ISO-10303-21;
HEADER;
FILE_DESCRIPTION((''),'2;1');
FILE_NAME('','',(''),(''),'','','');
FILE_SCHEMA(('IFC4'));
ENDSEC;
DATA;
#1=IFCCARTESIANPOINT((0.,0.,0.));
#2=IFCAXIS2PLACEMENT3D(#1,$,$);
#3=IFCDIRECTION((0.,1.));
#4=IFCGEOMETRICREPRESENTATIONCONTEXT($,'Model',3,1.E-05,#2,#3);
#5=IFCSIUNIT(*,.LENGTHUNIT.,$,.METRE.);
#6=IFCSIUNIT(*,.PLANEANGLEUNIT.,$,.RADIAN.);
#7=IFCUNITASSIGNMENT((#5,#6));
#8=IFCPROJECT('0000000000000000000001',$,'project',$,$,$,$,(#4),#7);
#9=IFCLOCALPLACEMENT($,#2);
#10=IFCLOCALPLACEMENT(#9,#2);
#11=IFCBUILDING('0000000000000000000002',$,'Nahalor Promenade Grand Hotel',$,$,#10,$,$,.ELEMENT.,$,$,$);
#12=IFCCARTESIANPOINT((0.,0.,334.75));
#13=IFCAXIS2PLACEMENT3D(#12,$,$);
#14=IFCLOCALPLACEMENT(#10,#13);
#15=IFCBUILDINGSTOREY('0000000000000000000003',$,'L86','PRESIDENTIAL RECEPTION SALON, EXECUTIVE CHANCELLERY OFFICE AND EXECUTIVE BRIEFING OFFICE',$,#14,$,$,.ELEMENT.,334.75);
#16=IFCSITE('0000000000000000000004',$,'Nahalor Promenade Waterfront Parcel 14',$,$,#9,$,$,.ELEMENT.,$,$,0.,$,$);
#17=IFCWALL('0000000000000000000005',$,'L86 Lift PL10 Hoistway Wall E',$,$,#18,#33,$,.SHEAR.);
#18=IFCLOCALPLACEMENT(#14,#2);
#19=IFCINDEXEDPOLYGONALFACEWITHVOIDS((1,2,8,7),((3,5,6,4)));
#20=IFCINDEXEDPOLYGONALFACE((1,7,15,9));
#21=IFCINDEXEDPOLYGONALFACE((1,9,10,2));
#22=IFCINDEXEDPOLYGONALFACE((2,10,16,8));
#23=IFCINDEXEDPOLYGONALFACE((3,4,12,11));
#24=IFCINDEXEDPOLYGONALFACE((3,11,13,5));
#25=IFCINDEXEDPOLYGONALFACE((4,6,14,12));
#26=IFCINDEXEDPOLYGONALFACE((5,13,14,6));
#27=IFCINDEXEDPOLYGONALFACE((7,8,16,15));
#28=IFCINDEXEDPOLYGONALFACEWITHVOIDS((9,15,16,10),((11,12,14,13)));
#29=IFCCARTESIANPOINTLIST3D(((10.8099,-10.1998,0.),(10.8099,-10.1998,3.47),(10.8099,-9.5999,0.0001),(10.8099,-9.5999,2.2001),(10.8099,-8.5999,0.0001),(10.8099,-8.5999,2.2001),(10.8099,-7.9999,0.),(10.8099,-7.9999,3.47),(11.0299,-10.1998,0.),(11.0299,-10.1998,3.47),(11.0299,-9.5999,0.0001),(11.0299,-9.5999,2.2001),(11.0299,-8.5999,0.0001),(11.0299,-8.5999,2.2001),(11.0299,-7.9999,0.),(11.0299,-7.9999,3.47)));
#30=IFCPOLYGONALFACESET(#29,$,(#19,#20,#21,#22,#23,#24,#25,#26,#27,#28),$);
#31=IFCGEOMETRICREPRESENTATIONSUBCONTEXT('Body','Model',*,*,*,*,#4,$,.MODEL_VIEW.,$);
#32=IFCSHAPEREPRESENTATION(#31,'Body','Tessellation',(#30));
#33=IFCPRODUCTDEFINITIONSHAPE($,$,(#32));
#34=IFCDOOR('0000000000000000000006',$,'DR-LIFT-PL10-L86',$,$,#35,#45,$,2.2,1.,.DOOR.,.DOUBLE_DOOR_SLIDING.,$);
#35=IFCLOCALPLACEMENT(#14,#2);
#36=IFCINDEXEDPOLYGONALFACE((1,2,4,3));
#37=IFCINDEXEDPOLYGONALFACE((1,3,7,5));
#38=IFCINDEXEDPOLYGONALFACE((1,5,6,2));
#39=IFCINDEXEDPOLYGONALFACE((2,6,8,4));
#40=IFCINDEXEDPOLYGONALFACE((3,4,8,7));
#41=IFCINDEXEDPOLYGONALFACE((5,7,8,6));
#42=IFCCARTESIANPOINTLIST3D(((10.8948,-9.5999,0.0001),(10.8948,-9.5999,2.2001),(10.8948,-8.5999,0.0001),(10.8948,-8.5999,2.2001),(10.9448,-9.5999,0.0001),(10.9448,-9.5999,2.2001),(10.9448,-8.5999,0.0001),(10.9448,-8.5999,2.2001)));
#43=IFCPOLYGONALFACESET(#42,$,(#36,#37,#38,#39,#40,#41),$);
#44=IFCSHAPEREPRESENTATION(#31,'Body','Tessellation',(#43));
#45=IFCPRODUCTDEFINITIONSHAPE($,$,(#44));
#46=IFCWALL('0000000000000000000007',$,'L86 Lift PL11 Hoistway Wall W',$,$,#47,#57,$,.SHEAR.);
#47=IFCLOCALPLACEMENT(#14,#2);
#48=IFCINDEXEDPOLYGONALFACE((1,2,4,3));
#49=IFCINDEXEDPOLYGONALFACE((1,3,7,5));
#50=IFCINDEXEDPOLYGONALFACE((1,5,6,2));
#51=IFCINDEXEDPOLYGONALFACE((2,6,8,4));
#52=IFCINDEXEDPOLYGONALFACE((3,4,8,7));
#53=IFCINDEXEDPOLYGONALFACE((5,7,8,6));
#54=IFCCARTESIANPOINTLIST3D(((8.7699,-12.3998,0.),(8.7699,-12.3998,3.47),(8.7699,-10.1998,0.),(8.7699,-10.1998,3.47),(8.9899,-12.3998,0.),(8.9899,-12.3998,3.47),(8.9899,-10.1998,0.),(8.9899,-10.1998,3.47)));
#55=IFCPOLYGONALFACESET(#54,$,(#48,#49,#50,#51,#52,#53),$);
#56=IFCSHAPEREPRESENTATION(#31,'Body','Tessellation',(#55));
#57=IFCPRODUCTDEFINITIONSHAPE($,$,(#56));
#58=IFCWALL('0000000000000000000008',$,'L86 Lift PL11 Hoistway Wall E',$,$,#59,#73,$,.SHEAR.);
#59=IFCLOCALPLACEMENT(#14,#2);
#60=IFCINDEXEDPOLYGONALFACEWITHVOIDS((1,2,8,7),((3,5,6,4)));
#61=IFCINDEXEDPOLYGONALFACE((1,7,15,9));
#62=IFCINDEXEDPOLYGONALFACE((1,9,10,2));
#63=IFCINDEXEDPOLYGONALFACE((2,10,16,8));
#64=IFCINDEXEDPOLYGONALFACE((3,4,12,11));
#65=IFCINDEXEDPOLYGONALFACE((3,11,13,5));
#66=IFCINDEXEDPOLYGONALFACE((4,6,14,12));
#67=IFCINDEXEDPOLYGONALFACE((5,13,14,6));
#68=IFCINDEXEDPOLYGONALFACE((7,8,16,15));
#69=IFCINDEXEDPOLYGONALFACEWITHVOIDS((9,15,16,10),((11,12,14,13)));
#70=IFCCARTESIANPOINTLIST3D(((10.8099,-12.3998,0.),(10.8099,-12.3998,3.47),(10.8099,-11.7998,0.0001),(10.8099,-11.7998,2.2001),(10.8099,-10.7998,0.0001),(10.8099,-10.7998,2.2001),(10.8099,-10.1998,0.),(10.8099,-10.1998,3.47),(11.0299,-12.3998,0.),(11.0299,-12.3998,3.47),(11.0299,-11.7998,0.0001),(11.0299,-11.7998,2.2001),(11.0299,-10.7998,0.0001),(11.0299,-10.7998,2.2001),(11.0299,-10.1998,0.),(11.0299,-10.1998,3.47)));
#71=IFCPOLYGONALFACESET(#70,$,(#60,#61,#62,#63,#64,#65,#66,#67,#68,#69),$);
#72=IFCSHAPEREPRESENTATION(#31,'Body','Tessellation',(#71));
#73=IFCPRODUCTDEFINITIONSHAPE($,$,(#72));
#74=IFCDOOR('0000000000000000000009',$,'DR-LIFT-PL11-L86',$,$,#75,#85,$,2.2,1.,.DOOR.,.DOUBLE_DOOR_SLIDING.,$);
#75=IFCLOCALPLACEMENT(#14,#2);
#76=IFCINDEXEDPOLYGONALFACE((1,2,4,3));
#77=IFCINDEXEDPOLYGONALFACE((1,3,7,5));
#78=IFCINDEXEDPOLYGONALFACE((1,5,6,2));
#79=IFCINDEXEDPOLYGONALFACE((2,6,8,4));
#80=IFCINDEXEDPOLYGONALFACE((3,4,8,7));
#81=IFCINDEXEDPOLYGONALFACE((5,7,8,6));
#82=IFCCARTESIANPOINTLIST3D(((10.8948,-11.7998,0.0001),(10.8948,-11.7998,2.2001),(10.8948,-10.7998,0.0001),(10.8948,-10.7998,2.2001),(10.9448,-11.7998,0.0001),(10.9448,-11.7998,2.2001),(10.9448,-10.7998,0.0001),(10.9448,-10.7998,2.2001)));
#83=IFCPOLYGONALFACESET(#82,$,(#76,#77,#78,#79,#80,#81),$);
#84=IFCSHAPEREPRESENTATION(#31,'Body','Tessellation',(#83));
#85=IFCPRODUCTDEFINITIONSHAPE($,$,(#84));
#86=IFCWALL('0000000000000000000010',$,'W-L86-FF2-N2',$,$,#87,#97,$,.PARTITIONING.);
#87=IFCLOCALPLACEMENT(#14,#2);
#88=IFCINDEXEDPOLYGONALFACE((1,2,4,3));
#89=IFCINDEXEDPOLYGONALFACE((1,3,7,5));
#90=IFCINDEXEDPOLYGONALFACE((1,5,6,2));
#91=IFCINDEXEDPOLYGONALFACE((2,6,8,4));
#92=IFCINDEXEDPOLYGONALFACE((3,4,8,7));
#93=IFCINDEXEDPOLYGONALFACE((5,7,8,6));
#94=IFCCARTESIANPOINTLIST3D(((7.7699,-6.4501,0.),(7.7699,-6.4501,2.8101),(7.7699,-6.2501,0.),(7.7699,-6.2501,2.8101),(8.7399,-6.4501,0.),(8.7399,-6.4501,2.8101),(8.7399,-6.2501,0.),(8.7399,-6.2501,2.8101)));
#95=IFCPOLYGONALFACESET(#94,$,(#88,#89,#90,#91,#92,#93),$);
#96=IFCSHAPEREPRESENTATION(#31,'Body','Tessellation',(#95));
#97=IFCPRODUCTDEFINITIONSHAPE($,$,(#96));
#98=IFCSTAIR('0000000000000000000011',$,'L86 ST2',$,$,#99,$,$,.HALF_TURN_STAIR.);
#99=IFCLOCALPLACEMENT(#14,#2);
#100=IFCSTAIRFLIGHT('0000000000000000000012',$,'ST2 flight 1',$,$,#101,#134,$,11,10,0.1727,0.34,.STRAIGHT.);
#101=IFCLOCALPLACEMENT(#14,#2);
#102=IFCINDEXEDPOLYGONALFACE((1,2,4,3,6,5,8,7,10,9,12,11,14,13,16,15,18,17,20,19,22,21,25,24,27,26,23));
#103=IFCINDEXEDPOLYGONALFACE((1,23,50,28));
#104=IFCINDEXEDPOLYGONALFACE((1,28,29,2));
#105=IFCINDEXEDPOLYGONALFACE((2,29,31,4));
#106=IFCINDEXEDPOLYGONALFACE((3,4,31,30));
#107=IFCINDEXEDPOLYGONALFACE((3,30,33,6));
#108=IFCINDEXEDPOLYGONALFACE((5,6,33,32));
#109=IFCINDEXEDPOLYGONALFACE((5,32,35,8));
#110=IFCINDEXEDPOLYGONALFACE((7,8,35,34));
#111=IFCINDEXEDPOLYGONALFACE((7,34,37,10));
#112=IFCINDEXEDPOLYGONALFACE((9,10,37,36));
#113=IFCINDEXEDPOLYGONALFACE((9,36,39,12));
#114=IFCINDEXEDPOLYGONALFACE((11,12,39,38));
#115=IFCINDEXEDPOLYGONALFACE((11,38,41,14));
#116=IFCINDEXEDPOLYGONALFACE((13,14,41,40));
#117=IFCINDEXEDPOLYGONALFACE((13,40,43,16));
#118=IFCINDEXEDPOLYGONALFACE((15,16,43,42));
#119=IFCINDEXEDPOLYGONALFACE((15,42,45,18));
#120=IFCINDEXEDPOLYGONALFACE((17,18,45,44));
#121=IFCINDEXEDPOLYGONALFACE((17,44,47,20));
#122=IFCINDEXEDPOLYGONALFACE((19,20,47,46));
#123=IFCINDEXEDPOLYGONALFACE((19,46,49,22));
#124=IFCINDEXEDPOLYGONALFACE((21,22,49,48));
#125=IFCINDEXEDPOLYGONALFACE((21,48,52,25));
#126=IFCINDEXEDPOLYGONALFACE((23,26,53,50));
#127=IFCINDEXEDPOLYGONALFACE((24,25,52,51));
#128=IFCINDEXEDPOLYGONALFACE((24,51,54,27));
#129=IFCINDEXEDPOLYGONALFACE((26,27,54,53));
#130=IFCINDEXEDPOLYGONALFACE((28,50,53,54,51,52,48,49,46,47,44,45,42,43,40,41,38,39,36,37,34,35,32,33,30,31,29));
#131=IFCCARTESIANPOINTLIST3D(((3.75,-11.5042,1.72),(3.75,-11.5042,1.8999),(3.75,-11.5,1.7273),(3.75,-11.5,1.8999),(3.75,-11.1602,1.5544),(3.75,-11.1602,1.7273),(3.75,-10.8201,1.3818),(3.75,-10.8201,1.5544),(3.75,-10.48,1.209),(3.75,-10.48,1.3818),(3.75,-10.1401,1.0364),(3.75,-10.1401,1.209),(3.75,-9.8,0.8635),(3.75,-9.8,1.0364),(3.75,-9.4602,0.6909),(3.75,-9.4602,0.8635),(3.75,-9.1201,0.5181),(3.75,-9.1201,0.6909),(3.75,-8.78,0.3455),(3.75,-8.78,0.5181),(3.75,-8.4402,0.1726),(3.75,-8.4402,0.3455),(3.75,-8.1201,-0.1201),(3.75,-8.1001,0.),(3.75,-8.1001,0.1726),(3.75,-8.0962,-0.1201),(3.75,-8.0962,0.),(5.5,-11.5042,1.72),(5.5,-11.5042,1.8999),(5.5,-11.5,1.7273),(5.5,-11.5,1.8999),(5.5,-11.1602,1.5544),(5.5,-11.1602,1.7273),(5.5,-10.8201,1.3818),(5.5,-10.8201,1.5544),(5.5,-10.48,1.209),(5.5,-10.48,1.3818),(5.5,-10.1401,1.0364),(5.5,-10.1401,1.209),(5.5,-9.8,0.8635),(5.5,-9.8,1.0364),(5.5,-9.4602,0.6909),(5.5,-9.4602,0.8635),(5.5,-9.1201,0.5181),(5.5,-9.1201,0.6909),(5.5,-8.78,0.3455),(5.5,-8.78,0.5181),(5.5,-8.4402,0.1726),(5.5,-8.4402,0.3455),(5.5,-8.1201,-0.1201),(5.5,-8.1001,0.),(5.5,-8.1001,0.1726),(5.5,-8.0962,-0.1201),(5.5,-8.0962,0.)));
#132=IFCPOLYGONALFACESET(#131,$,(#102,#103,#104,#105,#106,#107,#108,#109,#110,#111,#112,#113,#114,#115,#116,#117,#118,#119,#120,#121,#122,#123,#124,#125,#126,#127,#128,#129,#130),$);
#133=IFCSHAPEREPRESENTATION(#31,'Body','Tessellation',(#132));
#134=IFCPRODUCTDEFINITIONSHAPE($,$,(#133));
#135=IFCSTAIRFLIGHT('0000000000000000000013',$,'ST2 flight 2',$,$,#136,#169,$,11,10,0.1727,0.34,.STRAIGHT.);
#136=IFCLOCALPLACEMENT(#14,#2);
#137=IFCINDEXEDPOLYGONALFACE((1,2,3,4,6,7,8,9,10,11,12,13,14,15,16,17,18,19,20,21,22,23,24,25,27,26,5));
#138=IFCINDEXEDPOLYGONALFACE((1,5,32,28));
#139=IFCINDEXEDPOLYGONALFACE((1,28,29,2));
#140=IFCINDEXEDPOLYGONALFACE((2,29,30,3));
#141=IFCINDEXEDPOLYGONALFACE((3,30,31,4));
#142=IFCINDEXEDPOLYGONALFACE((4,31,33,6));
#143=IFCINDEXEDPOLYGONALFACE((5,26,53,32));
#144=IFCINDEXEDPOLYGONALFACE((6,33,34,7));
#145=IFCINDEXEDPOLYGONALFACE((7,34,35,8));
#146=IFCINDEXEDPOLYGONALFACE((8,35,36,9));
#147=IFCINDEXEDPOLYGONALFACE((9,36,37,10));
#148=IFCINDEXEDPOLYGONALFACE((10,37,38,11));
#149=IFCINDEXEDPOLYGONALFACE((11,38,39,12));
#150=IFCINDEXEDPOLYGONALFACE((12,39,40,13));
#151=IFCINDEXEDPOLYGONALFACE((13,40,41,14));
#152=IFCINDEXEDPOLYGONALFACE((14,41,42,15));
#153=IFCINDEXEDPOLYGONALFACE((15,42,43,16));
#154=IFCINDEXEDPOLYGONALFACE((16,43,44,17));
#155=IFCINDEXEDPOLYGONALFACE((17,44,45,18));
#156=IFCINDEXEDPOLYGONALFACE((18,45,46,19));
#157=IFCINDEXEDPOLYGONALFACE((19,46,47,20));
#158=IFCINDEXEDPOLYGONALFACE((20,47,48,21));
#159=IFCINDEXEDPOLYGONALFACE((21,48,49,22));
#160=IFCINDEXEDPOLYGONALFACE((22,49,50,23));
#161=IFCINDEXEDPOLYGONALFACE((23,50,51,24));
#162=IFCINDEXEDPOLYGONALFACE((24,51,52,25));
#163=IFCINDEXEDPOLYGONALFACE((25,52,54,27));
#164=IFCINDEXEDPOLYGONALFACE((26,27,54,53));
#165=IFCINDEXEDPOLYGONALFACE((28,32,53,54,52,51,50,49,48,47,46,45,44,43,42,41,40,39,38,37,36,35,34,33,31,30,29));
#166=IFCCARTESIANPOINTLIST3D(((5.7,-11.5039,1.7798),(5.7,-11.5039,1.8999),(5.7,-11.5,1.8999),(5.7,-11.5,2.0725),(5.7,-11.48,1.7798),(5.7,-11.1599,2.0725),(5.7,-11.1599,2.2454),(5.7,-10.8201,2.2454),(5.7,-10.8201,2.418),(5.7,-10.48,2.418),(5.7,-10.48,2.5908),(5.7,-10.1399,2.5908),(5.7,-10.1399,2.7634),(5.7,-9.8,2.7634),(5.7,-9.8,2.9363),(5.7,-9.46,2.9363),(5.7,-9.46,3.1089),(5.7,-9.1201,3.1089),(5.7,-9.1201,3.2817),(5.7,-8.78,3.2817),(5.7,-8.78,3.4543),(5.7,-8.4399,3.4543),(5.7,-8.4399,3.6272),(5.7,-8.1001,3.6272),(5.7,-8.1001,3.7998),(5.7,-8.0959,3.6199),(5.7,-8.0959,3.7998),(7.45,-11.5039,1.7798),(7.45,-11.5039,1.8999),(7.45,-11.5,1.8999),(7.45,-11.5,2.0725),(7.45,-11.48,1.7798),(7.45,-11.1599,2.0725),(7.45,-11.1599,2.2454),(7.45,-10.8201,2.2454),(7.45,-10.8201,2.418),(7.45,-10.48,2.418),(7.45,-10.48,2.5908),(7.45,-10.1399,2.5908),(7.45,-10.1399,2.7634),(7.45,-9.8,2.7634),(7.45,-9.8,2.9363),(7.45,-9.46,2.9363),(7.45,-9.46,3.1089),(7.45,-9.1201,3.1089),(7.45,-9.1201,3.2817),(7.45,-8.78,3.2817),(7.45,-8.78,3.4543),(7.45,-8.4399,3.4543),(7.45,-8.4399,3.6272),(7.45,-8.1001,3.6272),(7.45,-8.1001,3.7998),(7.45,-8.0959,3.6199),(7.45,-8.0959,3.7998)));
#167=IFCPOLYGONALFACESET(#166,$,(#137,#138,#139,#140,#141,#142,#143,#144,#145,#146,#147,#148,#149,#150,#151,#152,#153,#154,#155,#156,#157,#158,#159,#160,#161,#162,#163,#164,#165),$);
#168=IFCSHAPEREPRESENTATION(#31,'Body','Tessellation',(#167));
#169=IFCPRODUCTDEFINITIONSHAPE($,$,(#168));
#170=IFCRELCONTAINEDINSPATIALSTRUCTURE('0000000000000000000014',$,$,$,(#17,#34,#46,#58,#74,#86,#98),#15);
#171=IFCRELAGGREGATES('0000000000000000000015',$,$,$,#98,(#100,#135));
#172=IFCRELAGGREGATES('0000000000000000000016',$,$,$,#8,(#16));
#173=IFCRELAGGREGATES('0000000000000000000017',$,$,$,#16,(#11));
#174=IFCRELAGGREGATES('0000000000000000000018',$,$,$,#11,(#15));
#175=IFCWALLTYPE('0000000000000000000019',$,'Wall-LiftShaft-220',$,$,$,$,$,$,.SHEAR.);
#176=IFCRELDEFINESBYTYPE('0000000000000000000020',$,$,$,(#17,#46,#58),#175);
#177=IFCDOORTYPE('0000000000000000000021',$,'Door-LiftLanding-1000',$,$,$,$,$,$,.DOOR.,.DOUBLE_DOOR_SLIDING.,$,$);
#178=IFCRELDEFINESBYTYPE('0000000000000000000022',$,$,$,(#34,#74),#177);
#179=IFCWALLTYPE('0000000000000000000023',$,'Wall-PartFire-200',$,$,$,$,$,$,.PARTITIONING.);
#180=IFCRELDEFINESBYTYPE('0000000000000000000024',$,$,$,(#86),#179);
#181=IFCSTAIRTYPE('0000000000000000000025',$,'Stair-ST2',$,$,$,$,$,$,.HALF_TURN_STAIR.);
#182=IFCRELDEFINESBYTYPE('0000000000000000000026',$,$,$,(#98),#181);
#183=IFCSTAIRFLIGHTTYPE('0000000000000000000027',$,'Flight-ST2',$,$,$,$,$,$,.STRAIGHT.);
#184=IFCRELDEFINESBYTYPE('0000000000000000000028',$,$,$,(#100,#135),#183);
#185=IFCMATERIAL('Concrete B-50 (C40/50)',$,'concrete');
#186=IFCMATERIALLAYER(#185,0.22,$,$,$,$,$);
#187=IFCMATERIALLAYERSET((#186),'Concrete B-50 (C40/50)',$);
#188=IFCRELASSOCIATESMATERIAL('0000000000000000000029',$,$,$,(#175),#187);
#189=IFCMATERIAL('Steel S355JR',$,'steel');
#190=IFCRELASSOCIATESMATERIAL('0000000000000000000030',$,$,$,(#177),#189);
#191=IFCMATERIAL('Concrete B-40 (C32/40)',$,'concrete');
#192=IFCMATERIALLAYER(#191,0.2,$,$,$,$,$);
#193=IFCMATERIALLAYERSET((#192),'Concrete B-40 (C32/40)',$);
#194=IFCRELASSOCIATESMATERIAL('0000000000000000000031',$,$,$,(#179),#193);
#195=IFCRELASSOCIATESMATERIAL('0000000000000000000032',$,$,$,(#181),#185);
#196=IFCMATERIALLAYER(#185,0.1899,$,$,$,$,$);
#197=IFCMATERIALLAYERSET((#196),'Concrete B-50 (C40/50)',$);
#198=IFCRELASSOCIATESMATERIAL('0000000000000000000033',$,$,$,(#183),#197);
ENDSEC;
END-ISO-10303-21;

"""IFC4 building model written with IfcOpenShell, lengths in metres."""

from ifc_helpers import new_model, si_unit, direction, frame, frame_2d, origin, place, context, subcontext, project, spatial, polyline, rectangle, outline, extrude, source, transform, mapped, material, layer, layer_set, type_object, element, fill, aggregate, save


model = new_model("IFC4")

# Units and contexts
model_context = context("Model", 3, precision=1e-05, world=origin(), true_north=direction((0.0, 1.0)))
body_context = subcontext(model_context, "Body", "Model", "MODEL_VIEW")
ifc_project = project(units=[si_unit("LENGTHUNIT", "METRE"), si_unit("PLANEANGLEUNIT", "RADIAN")], contexts=[model_context])

# Site, building, storey
site_placement = place(None, origin())
site = spatial("IfcSite", under=ifc_project, at=site_placement, Name="Nahalor Promenade Waterfront Parcel 14", CompositionType="ELEMENT", RefElevation=0.0)
building_placement = place(site_placement, origin())
building = spatial("IfcBuilding", under=site, at=building_placement, Name="Nahalor Promenade Grand Hotel", CompositionType="ELEMENT")
storey_placement = place(building_placement, frame((0.0, 0.0, 334.75)))
storey = spatial("IfcBuildingStorey", under=building, at=storey_placement, Name="L86", Description="PRESIDENTIAL RECEPTION SALON, EXECUTIVE CHANCELLERY OFFICE AND EXECUTIVE BRIEFING OFFICE", CompositionType="ELEMENT", Elevation=334.75)

# Shared definitions
ifc_material_1 = material(Name="Steel S355JR", Category="steel")

# Shared definitions
ifc_material_2 = material(Name="Concrete B-50 (C40/50)", Category="concrete")
ifc_layer_1 = layer(ifc_material_2, 0.22)
ifc_layer_set_1 = layer_set([ifc_layer_1], Name="Concrete B-50 (C40/50)")
wall_type_1 = type_object("IfcWallType", Name="Wall-LiftShaft-220", PredefinedType="SHEAR", material=ifc_layer_set_1)

# Shared definitions
door_type = type_object("IfcDoorType", Name="Door-LiftLanding-1000", OperationType="DOUBLE_DOOR_SLIDING", PredefinedType="DOOR", material=ifc_material_1)
shared_shape_1 = source(origin(), body_context, "Body", "SweptSolid", [
    extrude(rectangle(XDim=1.0, YDim=2.2, at=frame_2d((0.5, 1.1001))), frame((0.0, 0.0249, 0.0), z_axis=(0.0, -1.0, 0.0), x_axis=(1.0, 0.0, 0.0)), (0.0, 0.0, 1.0), 0.05),
])

# Shared definitions
shared_shape_2 = source(origin(), body_context, "Body", "SweptSolid", [
    extrude(rectangle(XDim=2.2, YDim=0.22, at=frame_2d((1.1001, 0.0))), origin(), (0.0, 0.0, 1.0), 3.47),
])

# Wall, opening, door
wall_1_placement = place(storey_placement, frame((10.9199, -10.2, 0.0), z_axis=(0.0, 0.0, 1.0), x_axis=(0.0, 1.0, 0.0)))
wall_1 = element("IfcWall", 1, at=wall_1_placement, inside=storey, type_object=wall_type_1, Name="L86 Lift PL10 Hoistway Wall E", PredefinedType="SHEAR", context=body_context, shape_type="MappedRepresentation", body=[
    mapped(shared_shape_2, transform((0.0, 0.0, 0.0), scale=1.0)),
])
opening_1_placement = place(wall_1_placement, frame((0.6001, 0.0, 0.0)))
opening_1 = element("IfcOpeningElement", 2, at=opening_1_placement, cuts=wall_1, PredefinedType="OPENING", context=body_context, shape_type="SweptSolid", body=[
    extrude(rectangle(XDim=1.0, YDim=2.2, at=frame_2d((0.5, 1.1001))), frame((0.0, 0.1199, 0.0), z_axis=(0.0, -1.0, 0.0), x_axis=(1.0, 0.0, 0.0)), (0.0, 0.0, 1.0), 0.24),
])
door_1_placement = place(opening_1_placement, frame((1.0, 0.0, 0.0), z_axis=(0.0, 0.0, 1.0), x_axis=(-1.0, 0.0, 0.0)))
door_1 = element("IfcDoor", 3, at=door_1_placement, inside=storey, type_object=door_type, Name="DR-LIFT-PL10-L86", OperationType="DOUBLE_DOOR_SLIDING", OverallHeight=2.2, OverallWidth=1.0, PredefinedType="DOOR", context=body_context, shape_type="MappedRepresentation", body=[
    mapped(shared_shape_1, transform((0.0, 0.0, 0.0), scale=1.0)),
])
fill(opening_1, door_1)

# Wall
wall_2_placement = place(storey_placement, frame((8.8799, -12.3999, 0.0), z_axis=(0.0, 0.0, 1.0), x_axis=(0.0, 1.0, 0.0)))
element("IfcWall", 4, at=wall_2_placement, inside=storey, type_object=wall_type_1, Name="L86 Lift PL11 Hoistway Wall W", PredefinedType="SHEAR", context=body_context, shape_type="MappedRepresentation", body=[
    mapped(shared_shape_2, transform((0.0, 0.0, 0.0), scale=1.0)),
])

# Wall, opening, door
wall_3_placement = place(storey_placement, frame((10.9199, -12.3999, 0.0), z_axis=(0.0, 0.0, 1.0), x_axis=(0.0, 1.0, 0.0)))
wall_3 = element("IfcWall", 5, at=wall_3_placement, inside=storey, type_object=wall_type_1, Name="L86 Lift PL11 Hoistway Wall E", PredefinedType="SHEAR", context=body_context, shape_type="MappedRepresentation", body=[
    mapped(shared_shape_2, transform((0.0, 0.0, 0.0), scale=1.0)),
])
opening_2_placement = place(wall_3_placement, frame((0.6001, 0.0, 0.0)))
opening_2 = element("IfcOpeningElement", 6, at=opening_2_placement, cuts=wall_3, PredefinedType="OPENING", context=body_context, shape_type="SweptSolid", body=[
    extrude(rectangle(XDim=1.0, YDim=2.2, at=frame_2d((0.5, 1.1001))), frame((0.0, 0.1199, 0.0), z_axis=(0.0, -1.0, 0.0), x_axis=(1.0, 0.0, 0.0)), (0.0, 0.0, 1.0), 0.24),
])
door_2_placement = place(opening_2_placement, frame((1.0, 0.0, 0.0), z_axis=(0.0, 0.0, 1.0), x_axis=(-1.0, 0.0, 0.0)))
door_2 = element("IfcDoor", 7, at=door_2_placement, inside=storey, type_object=door_type, Name="DR-LIFT-PL11-L86", OperationType="DOUBLE_DOOR_SLIDING", OverallHeight=2.2, OverallWidth=1.0, PredefinedType="DOOR", context=body_context, shape_type="MappedRepresentation", body=[
    mapped(shared_shape_1, transform((0.0, 0.0, 0.0), scale=1.0)),
])
fill(opening_2, door_2)

# Wall
ifc_material_3 = material(Name="Concrete B-40 (C32/40)", Category="concrete")
ifc_layer_2 = layer(ifc_material_3, 0.2)
ifc_layer_set_2 = layer_set([ifc_layer_2], Name="Concrete B-40 (C32/40)")
wall_type_2 = type_object("IfcWallType", Name="Wall-PartFire-200", PredefinedType="PARTITIONING", material=ifc_layer_set_2)
shared_shape_3 = source(origin(), body_context, "Body", "SweptSolid", [
    extrude(rectangle(XDim=0.97, YDim=0.2, at=frame_2d((0.4849, 0.0))), origin(), (0.0, 0.0, 1.0), 2.8101),
])
wall_4_placement = place(storey_placement, frame((7.77, -6.3501, 0.0), z_axis=(0.0, 0.0, 1.0), x_axis=(1.0, 0.0, 0.0)))
element("IfcWall", 8, at=wall_4_placement, inside=storey, type_object=wall_type_2, Name="W-L86-FF2-N2", PredefinedType="PARTITIONING", context=body_context, shape_type="MappedRepresentation", body=[
    mapped(shared_shape_3, transform((0.0, 0.0, 0.0), scale=1.0)),
])

# Stair, stair flights
stair_type = type_object("IfcStairType", Name="Stair-ST2", PredefinedType="HALF_TURN_STAIR", material=ifc_material_2)
stair_placement = place(storey_placement, origin())
stair = element("IfcStair", 9, at=stair_placement, inside=storey, type_object=stair_type, Name="L86 ST2", PredefinedType="HALF_TURN_STAIR")
ifc_layer_3 = layer(ifc_material_2, 0.1899)
ifc_layer_set_3 = layer_set([ifc_layer_3], Name="Concrete B-50 (C40/50)")
stair_flight_type = type_object("IfcStairFlightType", Name="Flight-ST2", PredefinedType="STRAIGHT", material=ifc_layer_set_3)
shared_shape_4 = source(origin(), body_context, "Body", "SweptSolid", [
    extrude(outline(polyline([(-0.0039, -0.1201), (-0.0039, 0.0), (0.0, 0.0), (0.0, 0.1726), (0.3401, 0.1726), (0.3401, 0.3455), (0.6799, 0.3455), (0.6799, 0.5181), (1.02, 0.5181), (1.02, 0.6909), (1.3601, 0.6909), (1.3601, 0.8635), (1.7, 0.8635), (1.7, 1.0364), (2.04, 1.0364), (2.04, 1.209), (2.3799, 1.209), (2.3799, 1.3818), (2.72, 1.3818), (2.72, 1.5544), (3.0601, 1.5544), (3.0601, 1.7273), (3.3999, 1.7273), (3.3999, 1.8999), (3.4041, 1.8999), (3.4041, 1.72), (0.02, -0.1201), (-0.0039, -0.1201)])), frame((0.0, 0.875, 0.0), z_axis=(0.0, -1.0, 0.0), x_axis=(1.0, 0.0, 0.0)), (0.0, 0.0, 1.0), 1.75),
])
stair_flight_1_placement = place(storey_placement, frame((4.625, -8.1001, 0.0), z_axis=(0.0, 0.0, 1.0), x_axis=(0.0, -1.0, 0.0)))
stair_flight_1 = element("IfcStairFlight", 10, at=stair_flight_1_placement, type_object=stair_flight_type, Name="ST2 flight 1", NumberOfRisers=11, NumberOfTreads=10, PredefinedType="STRAIGHT", RiserHeight=0.1727, TreadLength=0.34, context=body_context, shape_type="MappedRepresentation", body=[
    mapped(shared_shape_4, transform((0.0, 0.0, 0.0), scale=1.0)),
])
stair_flight_2_placement = place(storey_placement, frame((6.575, -11.5, 1.8999), z_axis=(0.0, 0.0, 1.0), x_axis=(0.0, 1.0, 0.0)))
stair_flight_2 = element("IfcStairFlight", 11, at=stair_flight_2_placement, type_object=stair_flight_type, Name="ST2 flight 2", NumberOfRisers=11, NumberOfTreads=10, PredefinedType="STRAIGHT", RiserHeight=0.1727, TreadLength=0.34, context=body_context, shape_type="MappedRepresentation", body=[
    mapped(shared_shape_4, transform((0.0, 0.0, 0.0), scale=1.0)),
])
aggregate(stair, [stair_flight_1, stair_flight_2])

save(model, "model.ifc")
